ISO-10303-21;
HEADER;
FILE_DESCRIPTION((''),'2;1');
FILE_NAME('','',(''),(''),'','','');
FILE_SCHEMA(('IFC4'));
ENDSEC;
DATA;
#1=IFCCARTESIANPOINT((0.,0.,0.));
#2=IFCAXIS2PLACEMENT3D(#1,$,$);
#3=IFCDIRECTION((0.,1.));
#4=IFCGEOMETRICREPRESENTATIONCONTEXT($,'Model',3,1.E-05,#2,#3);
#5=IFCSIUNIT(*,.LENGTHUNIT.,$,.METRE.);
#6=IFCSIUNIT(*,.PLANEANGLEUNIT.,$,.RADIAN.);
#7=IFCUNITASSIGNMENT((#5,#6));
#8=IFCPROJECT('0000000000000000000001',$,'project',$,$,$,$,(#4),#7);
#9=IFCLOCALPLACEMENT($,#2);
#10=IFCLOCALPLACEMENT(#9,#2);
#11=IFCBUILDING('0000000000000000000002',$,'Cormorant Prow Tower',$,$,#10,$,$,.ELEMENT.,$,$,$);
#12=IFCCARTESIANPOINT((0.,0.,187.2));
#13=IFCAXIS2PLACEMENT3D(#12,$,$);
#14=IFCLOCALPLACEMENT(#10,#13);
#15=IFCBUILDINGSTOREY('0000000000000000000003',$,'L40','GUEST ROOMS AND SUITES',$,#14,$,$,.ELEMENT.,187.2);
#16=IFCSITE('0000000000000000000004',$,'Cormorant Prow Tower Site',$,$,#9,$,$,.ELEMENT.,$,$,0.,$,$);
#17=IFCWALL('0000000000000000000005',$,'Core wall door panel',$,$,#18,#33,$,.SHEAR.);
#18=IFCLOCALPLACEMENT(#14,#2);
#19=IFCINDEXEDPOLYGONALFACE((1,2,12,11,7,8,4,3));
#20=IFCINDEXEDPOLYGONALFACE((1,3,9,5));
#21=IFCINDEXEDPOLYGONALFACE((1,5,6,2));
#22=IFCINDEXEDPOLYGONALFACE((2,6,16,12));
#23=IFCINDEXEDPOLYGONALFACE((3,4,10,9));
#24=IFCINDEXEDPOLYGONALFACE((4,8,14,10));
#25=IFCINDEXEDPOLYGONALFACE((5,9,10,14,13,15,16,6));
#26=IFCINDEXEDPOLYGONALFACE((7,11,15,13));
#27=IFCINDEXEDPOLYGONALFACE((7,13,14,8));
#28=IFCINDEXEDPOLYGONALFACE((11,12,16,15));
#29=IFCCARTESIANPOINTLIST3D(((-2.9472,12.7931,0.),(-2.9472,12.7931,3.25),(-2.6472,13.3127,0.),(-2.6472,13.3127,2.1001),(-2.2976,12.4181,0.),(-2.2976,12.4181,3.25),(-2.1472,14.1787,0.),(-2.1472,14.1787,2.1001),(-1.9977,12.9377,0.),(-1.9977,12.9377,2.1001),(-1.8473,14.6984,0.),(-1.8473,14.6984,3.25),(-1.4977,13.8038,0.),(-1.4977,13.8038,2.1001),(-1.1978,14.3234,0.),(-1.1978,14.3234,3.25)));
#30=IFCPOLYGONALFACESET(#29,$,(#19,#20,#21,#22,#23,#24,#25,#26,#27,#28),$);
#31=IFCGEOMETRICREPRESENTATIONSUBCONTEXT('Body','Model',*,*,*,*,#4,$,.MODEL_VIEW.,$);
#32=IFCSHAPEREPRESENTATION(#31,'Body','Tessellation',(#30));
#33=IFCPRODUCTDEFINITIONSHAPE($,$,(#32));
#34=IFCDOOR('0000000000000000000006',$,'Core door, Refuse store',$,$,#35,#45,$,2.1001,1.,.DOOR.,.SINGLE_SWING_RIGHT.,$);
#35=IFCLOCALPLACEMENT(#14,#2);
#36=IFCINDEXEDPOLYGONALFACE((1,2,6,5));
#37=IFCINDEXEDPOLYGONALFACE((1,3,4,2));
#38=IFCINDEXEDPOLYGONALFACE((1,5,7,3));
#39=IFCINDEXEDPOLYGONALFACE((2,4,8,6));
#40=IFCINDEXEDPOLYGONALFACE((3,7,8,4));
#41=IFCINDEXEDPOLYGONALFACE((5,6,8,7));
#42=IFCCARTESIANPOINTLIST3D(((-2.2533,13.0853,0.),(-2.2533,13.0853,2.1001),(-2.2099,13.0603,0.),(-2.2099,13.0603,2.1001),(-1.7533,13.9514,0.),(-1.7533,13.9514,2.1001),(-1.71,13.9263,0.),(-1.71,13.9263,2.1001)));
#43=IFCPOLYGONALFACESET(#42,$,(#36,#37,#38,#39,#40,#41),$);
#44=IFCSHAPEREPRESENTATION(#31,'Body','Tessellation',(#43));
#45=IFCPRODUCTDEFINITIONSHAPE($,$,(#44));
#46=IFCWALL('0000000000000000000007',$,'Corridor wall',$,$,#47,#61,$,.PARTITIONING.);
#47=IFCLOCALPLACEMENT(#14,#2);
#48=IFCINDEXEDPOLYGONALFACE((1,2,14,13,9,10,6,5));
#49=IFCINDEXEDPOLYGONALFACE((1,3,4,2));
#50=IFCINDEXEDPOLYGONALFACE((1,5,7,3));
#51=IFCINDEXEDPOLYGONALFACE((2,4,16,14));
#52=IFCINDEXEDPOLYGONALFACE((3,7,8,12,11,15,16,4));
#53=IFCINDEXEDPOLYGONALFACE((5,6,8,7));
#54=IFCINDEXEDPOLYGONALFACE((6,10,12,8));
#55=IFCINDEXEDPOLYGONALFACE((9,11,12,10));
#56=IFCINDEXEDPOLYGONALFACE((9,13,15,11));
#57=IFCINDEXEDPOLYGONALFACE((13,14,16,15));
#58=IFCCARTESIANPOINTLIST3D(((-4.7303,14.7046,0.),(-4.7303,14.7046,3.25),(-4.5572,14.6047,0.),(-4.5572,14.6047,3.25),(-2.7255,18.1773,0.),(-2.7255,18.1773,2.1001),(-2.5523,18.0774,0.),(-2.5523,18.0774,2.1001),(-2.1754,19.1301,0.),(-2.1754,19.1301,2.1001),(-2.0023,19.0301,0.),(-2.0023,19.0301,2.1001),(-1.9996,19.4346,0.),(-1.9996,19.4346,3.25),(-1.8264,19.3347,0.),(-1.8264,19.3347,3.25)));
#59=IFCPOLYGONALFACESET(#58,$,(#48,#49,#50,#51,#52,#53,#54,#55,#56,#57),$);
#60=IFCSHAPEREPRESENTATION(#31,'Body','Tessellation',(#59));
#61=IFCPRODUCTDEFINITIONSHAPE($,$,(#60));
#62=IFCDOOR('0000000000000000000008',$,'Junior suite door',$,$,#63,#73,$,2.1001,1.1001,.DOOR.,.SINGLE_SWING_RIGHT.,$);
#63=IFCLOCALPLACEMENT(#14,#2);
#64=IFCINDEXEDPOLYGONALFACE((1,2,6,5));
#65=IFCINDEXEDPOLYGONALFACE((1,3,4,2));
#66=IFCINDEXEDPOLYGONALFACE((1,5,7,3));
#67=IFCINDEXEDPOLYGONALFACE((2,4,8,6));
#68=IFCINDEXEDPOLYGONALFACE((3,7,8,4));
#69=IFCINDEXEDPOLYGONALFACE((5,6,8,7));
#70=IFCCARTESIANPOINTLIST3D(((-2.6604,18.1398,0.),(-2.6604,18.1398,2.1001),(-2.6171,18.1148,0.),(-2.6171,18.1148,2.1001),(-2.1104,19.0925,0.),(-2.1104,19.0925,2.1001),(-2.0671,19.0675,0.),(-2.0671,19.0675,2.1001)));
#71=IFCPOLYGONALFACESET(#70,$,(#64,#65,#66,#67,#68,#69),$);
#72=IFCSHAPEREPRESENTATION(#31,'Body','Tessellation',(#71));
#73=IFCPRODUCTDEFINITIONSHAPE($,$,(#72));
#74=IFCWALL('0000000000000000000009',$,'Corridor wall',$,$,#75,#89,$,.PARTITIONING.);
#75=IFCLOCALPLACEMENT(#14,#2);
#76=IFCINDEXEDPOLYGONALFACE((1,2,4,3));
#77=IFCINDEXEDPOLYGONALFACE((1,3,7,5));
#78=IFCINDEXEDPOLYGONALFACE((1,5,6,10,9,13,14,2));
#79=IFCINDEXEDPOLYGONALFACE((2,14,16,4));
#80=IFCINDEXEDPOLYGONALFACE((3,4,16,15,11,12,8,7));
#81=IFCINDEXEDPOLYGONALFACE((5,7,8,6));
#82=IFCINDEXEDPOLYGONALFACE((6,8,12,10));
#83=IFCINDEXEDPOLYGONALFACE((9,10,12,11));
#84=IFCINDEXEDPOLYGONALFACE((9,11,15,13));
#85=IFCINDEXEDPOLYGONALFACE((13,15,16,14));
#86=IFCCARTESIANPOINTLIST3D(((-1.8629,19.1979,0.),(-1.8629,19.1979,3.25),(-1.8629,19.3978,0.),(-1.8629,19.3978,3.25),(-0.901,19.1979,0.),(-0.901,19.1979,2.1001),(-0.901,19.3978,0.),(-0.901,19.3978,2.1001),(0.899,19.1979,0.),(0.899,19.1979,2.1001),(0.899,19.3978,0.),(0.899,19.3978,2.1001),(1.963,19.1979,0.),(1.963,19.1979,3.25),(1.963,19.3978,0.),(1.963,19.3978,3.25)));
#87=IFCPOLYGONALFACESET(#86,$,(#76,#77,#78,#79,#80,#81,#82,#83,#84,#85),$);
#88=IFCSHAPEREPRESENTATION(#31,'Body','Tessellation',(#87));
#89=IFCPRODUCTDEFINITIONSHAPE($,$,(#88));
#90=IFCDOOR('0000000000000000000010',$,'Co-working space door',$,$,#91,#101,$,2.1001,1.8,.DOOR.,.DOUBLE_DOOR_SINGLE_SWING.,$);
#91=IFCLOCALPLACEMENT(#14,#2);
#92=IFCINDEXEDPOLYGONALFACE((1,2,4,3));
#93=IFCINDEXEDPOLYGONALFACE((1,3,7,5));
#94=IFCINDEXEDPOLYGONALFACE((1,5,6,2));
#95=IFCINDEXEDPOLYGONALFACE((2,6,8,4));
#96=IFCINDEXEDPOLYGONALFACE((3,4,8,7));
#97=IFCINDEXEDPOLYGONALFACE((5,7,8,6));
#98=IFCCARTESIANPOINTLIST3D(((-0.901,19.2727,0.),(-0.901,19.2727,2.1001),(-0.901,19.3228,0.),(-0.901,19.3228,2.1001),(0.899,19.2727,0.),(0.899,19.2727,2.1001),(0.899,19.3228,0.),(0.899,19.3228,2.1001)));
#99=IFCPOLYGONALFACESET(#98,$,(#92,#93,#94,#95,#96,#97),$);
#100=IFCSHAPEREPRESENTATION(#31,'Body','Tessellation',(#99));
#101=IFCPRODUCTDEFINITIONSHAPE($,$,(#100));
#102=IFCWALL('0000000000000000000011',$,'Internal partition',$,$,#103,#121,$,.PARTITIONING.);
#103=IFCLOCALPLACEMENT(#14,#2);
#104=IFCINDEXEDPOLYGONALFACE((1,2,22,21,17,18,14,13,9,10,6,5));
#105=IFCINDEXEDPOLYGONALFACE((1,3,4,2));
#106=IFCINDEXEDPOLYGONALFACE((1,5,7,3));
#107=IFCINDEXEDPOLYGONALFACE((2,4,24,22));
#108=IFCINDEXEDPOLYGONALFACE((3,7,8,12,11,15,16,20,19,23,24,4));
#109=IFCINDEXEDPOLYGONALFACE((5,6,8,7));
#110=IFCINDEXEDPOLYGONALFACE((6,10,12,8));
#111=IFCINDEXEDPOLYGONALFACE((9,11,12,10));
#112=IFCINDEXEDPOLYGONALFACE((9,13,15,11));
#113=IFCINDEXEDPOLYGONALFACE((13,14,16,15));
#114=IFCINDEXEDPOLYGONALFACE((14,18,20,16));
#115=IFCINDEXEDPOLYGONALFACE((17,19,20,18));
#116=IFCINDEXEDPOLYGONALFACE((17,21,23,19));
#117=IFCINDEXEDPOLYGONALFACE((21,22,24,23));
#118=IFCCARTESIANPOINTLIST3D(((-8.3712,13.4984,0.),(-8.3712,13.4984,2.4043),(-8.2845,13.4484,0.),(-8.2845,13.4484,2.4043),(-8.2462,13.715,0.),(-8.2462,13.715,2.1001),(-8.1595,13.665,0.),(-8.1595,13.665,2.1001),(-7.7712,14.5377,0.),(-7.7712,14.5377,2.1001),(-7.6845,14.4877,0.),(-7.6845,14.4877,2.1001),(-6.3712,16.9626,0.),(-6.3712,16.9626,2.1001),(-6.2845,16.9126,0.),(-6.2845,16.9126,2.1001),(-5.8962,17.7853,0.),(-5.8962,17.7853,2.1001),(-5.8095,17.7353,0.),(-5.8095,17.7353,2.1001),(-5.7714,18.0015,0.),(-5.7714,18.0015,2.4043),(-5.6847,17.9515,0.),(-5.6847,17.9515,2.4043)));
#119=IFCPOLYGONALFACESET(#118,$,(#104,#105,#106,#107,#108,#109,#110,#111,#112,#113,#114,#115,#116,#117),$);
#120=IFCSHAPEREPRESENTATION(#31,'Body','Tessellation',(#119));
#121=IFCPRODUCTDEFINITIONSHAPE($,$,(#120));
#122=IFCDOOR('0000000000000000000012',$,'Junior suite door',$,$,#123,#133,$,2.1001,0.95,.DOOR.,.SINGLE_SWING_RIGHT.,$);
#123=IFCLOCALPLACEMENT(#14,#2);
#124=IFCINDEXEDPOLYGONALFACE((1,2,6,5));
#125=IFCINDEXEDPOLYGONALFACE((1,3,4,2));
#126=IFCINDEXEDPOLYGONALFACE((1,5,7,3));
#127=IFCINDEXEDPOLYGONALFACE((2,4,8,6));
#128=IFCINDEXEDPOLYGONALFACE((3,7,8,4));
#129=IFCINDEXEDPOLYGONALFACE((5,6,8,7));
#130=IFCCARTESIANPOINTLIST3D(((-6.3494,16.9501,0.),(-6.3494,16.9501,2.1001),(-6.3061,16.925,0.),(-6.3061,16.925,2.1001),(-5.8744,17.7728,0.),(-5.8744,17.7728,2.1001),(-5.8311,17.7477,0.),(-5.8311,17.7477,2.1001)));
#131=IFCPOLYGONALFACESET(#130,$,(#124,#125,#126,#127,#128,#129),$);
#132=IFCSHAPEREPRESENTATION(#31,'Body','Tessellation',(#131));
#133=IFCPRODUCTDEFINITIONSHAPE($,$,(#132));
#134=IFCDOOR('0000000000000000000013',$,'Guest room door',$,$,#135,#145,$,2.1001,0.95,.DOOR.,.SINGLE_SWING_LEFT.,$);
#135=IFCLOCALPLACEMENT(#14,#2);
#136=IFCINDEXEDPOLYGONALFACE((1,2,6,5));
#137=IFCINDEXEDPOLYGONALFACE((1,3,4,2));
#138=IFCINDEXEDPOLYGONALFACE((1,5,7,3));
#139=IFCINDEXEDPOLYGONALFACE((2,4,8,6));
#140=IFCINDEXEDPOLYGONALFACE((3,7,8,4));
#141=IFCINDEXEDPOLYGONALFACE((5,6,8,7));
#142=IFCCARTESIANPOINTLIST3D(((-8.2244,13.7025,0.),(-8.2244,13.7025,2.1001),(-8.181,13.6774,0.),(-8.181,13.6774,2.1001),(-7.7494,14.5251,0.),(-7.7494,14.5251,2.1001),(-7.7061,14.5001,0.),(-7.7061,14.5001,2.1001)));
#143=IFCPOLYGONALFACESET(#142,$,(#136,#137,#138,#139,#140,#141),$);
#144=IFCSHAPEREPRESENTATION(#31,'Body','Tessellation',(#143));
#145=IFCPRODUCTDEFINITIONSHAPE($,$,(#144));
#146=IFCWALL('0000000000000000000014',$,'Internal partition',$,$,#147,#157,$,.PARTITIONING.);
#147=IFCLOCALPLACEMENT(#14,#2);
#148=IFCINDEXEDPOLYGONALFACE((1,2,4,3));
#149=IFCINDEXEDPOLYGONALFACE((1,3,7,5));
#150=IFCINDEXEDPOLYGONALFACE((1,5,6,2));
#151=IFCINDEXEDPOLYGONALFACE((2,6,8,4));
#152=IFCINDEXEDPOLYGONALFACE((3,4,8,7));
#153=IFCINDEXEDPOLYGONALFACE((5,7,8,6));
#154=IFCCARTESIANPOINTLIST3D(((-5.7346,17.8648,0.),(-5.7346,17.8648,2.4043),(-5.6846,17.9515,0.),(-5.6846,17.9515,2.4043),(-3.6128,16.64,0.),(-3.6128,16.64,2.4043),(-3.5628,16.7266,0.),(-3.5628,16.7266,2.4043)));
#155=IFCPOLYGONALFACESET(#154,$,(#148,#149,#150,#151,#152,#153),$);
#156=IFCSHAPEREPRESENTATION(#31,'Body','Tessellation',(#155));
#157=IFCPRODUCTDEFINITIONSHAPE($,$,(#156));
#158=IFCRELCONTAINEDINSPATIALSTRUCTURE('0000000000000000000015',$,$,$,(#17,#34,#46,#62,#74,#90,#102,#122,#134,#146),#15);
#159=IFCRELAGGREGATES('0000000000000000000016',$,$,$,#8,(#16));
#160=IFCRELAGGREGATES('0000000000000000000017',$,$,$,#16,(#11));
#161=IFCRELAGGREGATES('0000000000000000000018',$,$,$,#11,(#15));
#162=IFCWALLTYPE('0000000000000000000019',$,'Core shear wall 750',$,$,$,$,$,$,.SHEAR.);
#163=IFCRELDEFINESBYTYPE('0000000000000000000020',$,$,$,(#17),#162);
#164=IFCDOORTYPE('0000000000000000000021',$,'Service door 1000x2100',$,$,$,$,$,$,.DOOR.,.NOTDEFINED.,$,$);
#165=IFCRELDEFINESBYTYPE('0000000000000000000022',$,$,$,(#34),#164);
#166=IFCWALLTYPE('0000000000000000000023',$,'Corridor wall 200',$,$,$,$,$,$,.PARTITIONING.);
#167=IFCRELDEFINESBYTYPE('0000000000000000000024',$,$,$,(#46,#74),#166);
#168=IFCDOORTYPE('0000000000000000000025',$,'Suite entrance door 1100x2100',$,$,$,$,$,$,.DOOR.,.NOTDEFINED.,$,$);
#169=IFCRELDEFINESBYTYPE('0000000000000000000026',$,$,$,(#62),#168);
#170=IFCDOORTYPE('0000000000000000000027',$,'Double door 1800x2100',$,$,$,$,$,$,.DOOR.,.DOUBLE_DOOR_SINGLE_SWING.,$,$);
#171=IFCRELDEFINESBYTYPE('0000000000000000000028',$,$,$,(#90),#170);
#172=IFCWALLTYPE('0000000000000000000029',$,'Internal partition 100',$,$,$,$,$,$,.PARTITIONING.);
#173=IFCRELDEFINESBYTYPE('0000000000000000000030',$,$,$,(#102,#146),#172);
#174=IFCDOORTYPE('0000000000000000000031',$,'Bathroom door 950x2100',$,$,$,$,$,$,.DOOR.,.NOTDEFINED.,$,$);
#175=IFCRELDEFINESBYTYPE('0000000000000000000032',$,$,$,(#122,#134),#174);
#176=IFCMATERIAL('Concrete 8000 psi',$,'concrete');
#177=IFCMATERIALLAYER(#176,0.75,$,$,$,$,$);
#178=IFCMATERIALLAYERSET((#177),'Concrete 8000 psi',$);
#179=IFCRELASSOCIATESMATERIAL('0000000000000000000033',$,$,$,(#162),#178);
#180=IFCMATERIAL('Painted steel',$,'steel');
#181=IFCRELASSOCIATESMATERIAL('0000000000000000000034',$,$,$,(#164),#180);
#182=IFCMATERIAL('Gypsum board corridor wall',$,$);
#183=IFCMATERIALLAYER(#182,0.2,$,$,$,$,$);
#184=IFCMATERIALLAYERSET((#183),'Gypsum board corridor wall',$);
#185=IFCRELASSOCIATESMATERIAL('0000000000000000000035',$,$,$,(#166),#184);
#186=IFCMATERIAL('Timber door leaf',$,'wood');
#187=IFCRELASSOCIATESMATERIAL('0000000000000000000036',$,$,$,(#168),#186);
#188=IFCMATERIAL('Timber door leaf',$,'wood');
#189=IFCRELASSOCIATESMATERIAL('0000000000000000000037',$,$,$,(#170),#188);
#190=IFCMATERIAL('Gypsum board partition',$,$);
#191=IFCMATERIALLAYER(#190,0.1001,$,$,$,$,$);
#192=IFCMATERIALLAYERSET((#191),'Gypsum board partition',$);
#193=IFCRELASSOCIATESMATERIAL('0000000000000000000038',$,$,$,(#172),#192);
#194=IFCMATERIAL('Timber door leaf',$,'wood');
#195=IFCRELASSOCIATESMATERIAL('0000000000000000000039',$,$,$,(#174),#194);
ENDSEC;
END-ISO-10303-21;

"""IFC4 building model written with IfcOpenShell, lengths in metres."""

from ifc_helpers import new_model, si_unit, direction, frame, frame_2d, origin, place, context, subcontext, project, spatial, rectangle, extrude, material, layer, layer_set, type_object, element, fill, save


model = new_model("IFC4")

# Units and contexts
model_context = context("Model", 3, precision=1e-05, world=origin(), true_north=direction((0.0, 1.0)))
body_context = subcontext(model_context, "Body", "Model", "MODEL_VIEW")
ifc_project = project(units=[si_unit("LENGTHUNIT", "METRE"), si_unit("PLANEANGLEUNIT", "RADIAN")], contexts=[model_context])

# Site, building, storey
site_placement = place(None, origin())
site = spatial("IfcSite", under=ifc_project, at=site_placement, Name="Cormorant Prow Tower Site", CompositionType="ELEMENT", RefElevation=0.0)
building_placement = place(site_placement, origin())
building = spatial("IfcBuilding", under=site, at=building_placement, Name="Cormorant Prow Tower", CompositionType="ELEMENT")
storey_placement = place(building_placement, frame((0.0, 0.0, 187.2)))
storey = spatial("IfcBuildingStorey", under=building, at=storey_placement, Name="L40", Description="GUEST ROOMS AND SUITES", CompositionType="ELEMENT", Elevation=187.2)

# Shared definitions
ifc_material_1 = material(Name="Concrete 8000 psi", Category="concrete")
ifc_layer_1 = layer(ifc_material_1, 0.75)
ifc_layer_set_1 = layer_set([ifc_layer_1], Name="Concrete 8000 psi")
wall_type_1 = type_object("IfcWallType", Name="Core shear wall 750", PredefinedType="SHEAR", material=ifc_layer_set_1)

# Walls, openings, doors
wall_1_placement = place(storey_placement, frame((-1.5225, 14.511, 0.0), z_axis=(0.0, 0.0, 1.0), x_axis=(-0.499947, -0.866056, 0.0)))
wall_1 = element("IfcWall", 1, at=wall_1_placement, inside=storey, type_object=wall_type_1, Name="Core wall door panel", PredefinedType="SHEAR", context=body_context, shape_type="SweptSolid", body=[
    extrude(rectangle(XDim=2.2, YDim=0.75, at=frame_2d((1.1001, 0.0))), origin(), (0.0, 0.0, 1.0), 3.25),
])
opening_1_placement = place(wall_1_placement, frame((0.6001, 0.0, 0.0)))
opening_1 = element("IfcOpeningElement", 2, at=opening_1_placement, cuts=wall_1, PredefinedType="OPENING", context=body_context, shape_type="SweptSolid", body=[
    extrude(rectangle(XDim=1.0, YDim=2.1001, at=frame_2d((0.5, 1.05))), frame((0.0, 0.385, 0.0), z_axis=(0.0, -1.0, 0.0), x_axis=(1.0, 0.0, 0.0)), (0.0, 0.0, 1.0), 0.77),
])
ifc_material_2 = material(Name="Painted steel", Category="steel")
door_type_1 = type_object("IfcDoorType", Name="Service door 1000x2100", OperationType="NOTDEFINED", PredefinedType="DOOR", material=ifc_material_2)
door_1_placement = place(opening_1_placement, origin())
door_1 = element("IfcDoor", 3, at=door_1_placement, inside=storey, type_object=door_type_1, Name="Core door, Refuse store", OperationType="SINGLE_SWING_RIGHT", OverallHeight=2.1001, OverallWidth=1.0, PredefinedType="DOOR", context=body_context, shape_type="SweptSolid", body=[
    extrude(rectangle(XDim=1.0, YDim=2.1001, at=frame_2d((0.5, 1.05))), frame((0.0, 0.1299, 0.0), z_axis=(0.0, -1.0, 0.0), x_axis=(1.0, 0.0, 0.0)), (0.0, 0.0, 1.0), 0.05),
])
fill(opening_1, door_1)
ifc_material_3 = material(Name="Gypsum board corridor wall")
ifc_layer_2 = layer(ifc_material_3, 0.2)
ifc_layer_set_2 = layer_set([ifc_layer_2], Name="Gypsum board corridor wall")
wall_type_2 = type_object("IfcWallType", Name="Corridor wall 200", PredefinedType="PARTITIONING", material=ifc_layer_set_2)
wall_2_placement = place(storey_placement, frame((-4.6438, 14.6545, 0.0), z_axis=(0.0, 0.0, 1.0), x_axis=(0.49998, 0.866037, 0.0)))
wall_2 = element("IfcWall", 4, at=wall_2_placement, inside=storey, type_object=wall_type_2, Name="Corridor wall", PredefinedType="PARTITIONING", context=body_context, shape_type="SweptSolid", body=[
    extrude(rectangle(XDim=5.4617, YDim=0.2, at=frame_2d((2.731, 0.0))), origin(), (0.0, 0.0, 1.0), 3.25),
])
opening_2_placement = place(wall_2_placement, frame((4.01, 0.0, 0.0)))
opening_2 = element("IfcOpeningElement", 5, at=opening_2_placement, cuts=wall_2, PredefinedType="OPENING", context=body_context, shape_type="SweptSolid", body=[
    extrude(rectangle(XDim=1.1001, YDim=2.1001, at=frame_2d((0.55, 1.05))), frame((0.0, 0.1099, 0.0), z_axis=(0.0, -1.0, 0.0), x_axis=(1.0, 0.0, 0.0)), (0.0, 0.0, 1.0), 0.22),
])
ifc_material_4 = material(Name="Timber door leaf", Category="wood")
door_type_2 = type_object("IfcDoorType", Name="Suite entrance door 1100x2100", OperationType="NOTDEFINED", PredefinedType="DOOR", material=ifc_material_4)
door_2_placement = place(opening_2_placement, origin())
door_2 = element("IfcDoor", 6, at=door_2_placement, inside=storey, type_object=door_type_2, Name="Junior suite door", OperationType="SINGLE_SWING_RIGHT", OverallHeight=2.1001, OverallWidth=1.1001, PredefinedType="DOOR", context=body_context, shape_type="SweptSolid", body=[
    extrude(rectangle(XDim=1.1001, YDim=2.1001, at=frame_2d((0.55, 1.05))), frame((0.0, 0.0249, 0.0), z_axis=(0.0, -1.0, 0.0), x_axis=(1.0, 0.0, 0.0)), (0.0, 0.0, 1.0), 0.05),
])
fill(opening_2, door_2)
wall_3_placement = place(storey_placement, frame((-1.863, 19.2979, 0.0), z_axis=(0.0, 0.0, 1.0), x_axis=(1.0, 0.0, 0.0)))
wall_3 = element("IfcWall", 7, at=wall_3_placement, inside=storey, type_object=wall_type_2, Name="Corridor wall", PredefinedType="PARTITIONING", context=body_context, shape_type="SweptSolid", body=[
    extrude(rectangle(XDim=3.8259, YDim=0.2, at=frame_2d((1.9131, 0.0))), origin(), (0.0, 0.0, 1.0), 3.25),
])
opening_3_placement = place(wall_3_placement, frame((0.9622, 0.0, 0.0)))
opening_3 = element("IfcOpeningElement", 8, at=opening_3_placement, cuts=wall_3, PredefinedType="OPENING", context=body_context, shape_type="SweptSolid", body=[
    extrude(rectangle(XDim=1.8, YDim=2.1001, at=frame_2d((0.8999, 1.05))), frame((0.0, 0.1099, 0.0), z_axis=(0.0, -1.0, 0.0), x_axis=(1.0, 0.0, 0.0)), (0.0, 0.0, 1.0), 0.22),
])
ifc_material_5 = material(Name="Timber door leaf", Category="wood")
door_type_3 = type_object("IfcDoorType", Name="Double door 1800x2100", OperationType="DOUBLE_DOOR_SINGLE_SWING", PredefinedType="DOOR", material=ifc_material_5)
door_3_placement = place(opening_3_placement, origin())
door_3 = element("IfcDoor", 9, at=door_3_placement, inside=storey, type_object=door_type_3, Name="Co-working space door", OperationType="DOUBLE_DOOR_SINGLE_SWING", OverallHeight=2.1001, OverallWidth=1.8, PredefinedType="DOOR", context=body_context, shape_type="SweptSolid", body=[
    extrude(rectangle(XDim=1.8, YDim=2.1001, at=frame_2d((0.8999, 1.05))), frame((0.0, 0.0249, 0.0), z_axis=(0.0, -1.0, 0.0), x_axis=(1.0, 0.0, 0.0)), (0.0, 0.0, 1.0), 0.05),
])
fill(opening_3, door_3)

# Wall, openings, doors
ifc_material_6 = material(Name="Gypsum board partition")
ifc_layer_3 = layer(ifc_material_6, 0.1001)
ifc_layer_set_3 = layer_set([ifc_layer_3], Name="Gypsum board partition")
wall_type_3 = type_object("IfcWallType", Name="Internal partition 100", PredefinedType="PARTITIONING", material=ifc_layer_set_3)
wall_4_placement = place(storey_placement, frame((-8.3279, 13.4734, 0.0), z_axis=(0.0, 0.0, 1.0), x_axis=(0.499992, 0.86603, 0.0)))
wall_4 = element("IfcWall", 10, at=wall_4_placement, inside=storey, type_object=wall_type_3, Name="Internal partition", PredefinedType="PARTITIONING", context=body_context, shape_type="SweptSolid", body=[
    extrude(rectangle(XDim=5.1997, YDim=0.1001, at=frame_2d((2.5999, 0.0))), origin(), (0.0, 0.0, 1.0), 2.4043),
])
opening_4_placement = place(wall_4_placement, frame((4.0, 0.0, 0.0)))
opening_4 = element("IfcOpeningElement", 11, at=opening_4_placement, cuts=wall_4, PredefinedType="OPENING", context=body_context, shape_type="SweptSolid", body=[
    extrude(rectangle(XDim=0.95, YDim=2.1001, at=frame_2d((0.4751, 1.05))), frame((0.0, 0.0601, 0.0), z_axis=(0.0, -1.0, 0.0), x_axis=(1.0, 0.0, 0.0)), (0.0, 0.0, 1.0), 0.1201),
])
opening_5_placement = place(wall_4_placement, frame((0.25, 0.0, 0.0)))
opening_5 = element("IfcOpeningElement", 12, at=opening_5_placement, cuts=wall_4, PredefinedType="OPENING", context=body_context, shape_type="SweptSolid", body=[
    extrude(rectangle(XDim=0.95, YDim=2.1001, at=frame_2d((0.4751, 1.05))), frame((0.0, 0.0601, 0.0), z_axis=(0.0, -1.0, 0.0), x_axis=(1.0, 0.0, 0.0)), (0.0, 0.0, 1.0), 0.1201),
])
ifc_material_7 = material(Name="Timber door leaf", Category="wood")
door_type_4 = type_object("IfcDoorType", Name="Bathroom door 950x2100", OperationType="NOTDEFINED", PredefinedType="DOOR", material=ifc_material_7)
door_4_placement = place(opening_4_placement, origin())
door_4 = element("IfcDoor", 13, at=door_4_placement, inside=storey, type_object=door_type_4, Name="Junior suite door", OperationType="SINGLE_SWING_RIGHT", OverallHeight=2.1001, OverallWidth=0.95, PredefinedType="DOOR", context=body_context, shape_type="SweptSolid", body=[
    extrude(rectangle(XDim=0.95, YDim=2.1001, at=frame_2d((0.4751, 1.05))), frame((0.0, 0.0249, 0.0), z_axis=(0.0, -1.0, 0.0), x_axis=(1.0, 0.0, 0.0)), (0.0, 0.0, 1.0), 0.05),
])
fill(opening_4, door_4)
door_5_placement = place(opening_5_placement, origin())
door_5 = element("IfcDoor", 14, at=door_5_placement, inside=storey, type_object=door_type_4, Name="Guest room door", OperationType="SINGLE_SWING_LEFT", OverallHeight=2.1001, OverallWidth=0.95, PredefinedType="DOOR", context=body_context, shape_type="SweptSolid", body=[
    extrude(rectangle(XDim=0.95, YDim=2.1001, at=frame_2d((0.4751, 1.05))), frame((0.0, 0.0249, 0.0), z_axis=(0.0, -1.0, 0.0), x_axis=(1.0, 0.0, 0.0)), (0.0, 0.0, 1.0), 0.05),
])
fill(opening_5, door_5)

# Wall
wall_5_placement = place(storey_placement, frame((-5.7097, 17.9082, 0.0), z_axis=(0.0, 0.0, 1.0), x_axis=(0.866058, -0.499944, 0.0)))
element("IfcWall", 15, at=wall_5_placement, inside=storey, type_object=wall_type_3, Name="Internal partition", PredefinedType="PARTITIONING", context=body_context, shape_type="SweptSolid", body=[
    extrude(rectangle(XDim=2.45, YDim=0.1001, at=frame_2d((1.2251, 0.0))), origin(), (0.0, 0.0, 1.0), 2.4043),
])

save(model, "model.ifc")
